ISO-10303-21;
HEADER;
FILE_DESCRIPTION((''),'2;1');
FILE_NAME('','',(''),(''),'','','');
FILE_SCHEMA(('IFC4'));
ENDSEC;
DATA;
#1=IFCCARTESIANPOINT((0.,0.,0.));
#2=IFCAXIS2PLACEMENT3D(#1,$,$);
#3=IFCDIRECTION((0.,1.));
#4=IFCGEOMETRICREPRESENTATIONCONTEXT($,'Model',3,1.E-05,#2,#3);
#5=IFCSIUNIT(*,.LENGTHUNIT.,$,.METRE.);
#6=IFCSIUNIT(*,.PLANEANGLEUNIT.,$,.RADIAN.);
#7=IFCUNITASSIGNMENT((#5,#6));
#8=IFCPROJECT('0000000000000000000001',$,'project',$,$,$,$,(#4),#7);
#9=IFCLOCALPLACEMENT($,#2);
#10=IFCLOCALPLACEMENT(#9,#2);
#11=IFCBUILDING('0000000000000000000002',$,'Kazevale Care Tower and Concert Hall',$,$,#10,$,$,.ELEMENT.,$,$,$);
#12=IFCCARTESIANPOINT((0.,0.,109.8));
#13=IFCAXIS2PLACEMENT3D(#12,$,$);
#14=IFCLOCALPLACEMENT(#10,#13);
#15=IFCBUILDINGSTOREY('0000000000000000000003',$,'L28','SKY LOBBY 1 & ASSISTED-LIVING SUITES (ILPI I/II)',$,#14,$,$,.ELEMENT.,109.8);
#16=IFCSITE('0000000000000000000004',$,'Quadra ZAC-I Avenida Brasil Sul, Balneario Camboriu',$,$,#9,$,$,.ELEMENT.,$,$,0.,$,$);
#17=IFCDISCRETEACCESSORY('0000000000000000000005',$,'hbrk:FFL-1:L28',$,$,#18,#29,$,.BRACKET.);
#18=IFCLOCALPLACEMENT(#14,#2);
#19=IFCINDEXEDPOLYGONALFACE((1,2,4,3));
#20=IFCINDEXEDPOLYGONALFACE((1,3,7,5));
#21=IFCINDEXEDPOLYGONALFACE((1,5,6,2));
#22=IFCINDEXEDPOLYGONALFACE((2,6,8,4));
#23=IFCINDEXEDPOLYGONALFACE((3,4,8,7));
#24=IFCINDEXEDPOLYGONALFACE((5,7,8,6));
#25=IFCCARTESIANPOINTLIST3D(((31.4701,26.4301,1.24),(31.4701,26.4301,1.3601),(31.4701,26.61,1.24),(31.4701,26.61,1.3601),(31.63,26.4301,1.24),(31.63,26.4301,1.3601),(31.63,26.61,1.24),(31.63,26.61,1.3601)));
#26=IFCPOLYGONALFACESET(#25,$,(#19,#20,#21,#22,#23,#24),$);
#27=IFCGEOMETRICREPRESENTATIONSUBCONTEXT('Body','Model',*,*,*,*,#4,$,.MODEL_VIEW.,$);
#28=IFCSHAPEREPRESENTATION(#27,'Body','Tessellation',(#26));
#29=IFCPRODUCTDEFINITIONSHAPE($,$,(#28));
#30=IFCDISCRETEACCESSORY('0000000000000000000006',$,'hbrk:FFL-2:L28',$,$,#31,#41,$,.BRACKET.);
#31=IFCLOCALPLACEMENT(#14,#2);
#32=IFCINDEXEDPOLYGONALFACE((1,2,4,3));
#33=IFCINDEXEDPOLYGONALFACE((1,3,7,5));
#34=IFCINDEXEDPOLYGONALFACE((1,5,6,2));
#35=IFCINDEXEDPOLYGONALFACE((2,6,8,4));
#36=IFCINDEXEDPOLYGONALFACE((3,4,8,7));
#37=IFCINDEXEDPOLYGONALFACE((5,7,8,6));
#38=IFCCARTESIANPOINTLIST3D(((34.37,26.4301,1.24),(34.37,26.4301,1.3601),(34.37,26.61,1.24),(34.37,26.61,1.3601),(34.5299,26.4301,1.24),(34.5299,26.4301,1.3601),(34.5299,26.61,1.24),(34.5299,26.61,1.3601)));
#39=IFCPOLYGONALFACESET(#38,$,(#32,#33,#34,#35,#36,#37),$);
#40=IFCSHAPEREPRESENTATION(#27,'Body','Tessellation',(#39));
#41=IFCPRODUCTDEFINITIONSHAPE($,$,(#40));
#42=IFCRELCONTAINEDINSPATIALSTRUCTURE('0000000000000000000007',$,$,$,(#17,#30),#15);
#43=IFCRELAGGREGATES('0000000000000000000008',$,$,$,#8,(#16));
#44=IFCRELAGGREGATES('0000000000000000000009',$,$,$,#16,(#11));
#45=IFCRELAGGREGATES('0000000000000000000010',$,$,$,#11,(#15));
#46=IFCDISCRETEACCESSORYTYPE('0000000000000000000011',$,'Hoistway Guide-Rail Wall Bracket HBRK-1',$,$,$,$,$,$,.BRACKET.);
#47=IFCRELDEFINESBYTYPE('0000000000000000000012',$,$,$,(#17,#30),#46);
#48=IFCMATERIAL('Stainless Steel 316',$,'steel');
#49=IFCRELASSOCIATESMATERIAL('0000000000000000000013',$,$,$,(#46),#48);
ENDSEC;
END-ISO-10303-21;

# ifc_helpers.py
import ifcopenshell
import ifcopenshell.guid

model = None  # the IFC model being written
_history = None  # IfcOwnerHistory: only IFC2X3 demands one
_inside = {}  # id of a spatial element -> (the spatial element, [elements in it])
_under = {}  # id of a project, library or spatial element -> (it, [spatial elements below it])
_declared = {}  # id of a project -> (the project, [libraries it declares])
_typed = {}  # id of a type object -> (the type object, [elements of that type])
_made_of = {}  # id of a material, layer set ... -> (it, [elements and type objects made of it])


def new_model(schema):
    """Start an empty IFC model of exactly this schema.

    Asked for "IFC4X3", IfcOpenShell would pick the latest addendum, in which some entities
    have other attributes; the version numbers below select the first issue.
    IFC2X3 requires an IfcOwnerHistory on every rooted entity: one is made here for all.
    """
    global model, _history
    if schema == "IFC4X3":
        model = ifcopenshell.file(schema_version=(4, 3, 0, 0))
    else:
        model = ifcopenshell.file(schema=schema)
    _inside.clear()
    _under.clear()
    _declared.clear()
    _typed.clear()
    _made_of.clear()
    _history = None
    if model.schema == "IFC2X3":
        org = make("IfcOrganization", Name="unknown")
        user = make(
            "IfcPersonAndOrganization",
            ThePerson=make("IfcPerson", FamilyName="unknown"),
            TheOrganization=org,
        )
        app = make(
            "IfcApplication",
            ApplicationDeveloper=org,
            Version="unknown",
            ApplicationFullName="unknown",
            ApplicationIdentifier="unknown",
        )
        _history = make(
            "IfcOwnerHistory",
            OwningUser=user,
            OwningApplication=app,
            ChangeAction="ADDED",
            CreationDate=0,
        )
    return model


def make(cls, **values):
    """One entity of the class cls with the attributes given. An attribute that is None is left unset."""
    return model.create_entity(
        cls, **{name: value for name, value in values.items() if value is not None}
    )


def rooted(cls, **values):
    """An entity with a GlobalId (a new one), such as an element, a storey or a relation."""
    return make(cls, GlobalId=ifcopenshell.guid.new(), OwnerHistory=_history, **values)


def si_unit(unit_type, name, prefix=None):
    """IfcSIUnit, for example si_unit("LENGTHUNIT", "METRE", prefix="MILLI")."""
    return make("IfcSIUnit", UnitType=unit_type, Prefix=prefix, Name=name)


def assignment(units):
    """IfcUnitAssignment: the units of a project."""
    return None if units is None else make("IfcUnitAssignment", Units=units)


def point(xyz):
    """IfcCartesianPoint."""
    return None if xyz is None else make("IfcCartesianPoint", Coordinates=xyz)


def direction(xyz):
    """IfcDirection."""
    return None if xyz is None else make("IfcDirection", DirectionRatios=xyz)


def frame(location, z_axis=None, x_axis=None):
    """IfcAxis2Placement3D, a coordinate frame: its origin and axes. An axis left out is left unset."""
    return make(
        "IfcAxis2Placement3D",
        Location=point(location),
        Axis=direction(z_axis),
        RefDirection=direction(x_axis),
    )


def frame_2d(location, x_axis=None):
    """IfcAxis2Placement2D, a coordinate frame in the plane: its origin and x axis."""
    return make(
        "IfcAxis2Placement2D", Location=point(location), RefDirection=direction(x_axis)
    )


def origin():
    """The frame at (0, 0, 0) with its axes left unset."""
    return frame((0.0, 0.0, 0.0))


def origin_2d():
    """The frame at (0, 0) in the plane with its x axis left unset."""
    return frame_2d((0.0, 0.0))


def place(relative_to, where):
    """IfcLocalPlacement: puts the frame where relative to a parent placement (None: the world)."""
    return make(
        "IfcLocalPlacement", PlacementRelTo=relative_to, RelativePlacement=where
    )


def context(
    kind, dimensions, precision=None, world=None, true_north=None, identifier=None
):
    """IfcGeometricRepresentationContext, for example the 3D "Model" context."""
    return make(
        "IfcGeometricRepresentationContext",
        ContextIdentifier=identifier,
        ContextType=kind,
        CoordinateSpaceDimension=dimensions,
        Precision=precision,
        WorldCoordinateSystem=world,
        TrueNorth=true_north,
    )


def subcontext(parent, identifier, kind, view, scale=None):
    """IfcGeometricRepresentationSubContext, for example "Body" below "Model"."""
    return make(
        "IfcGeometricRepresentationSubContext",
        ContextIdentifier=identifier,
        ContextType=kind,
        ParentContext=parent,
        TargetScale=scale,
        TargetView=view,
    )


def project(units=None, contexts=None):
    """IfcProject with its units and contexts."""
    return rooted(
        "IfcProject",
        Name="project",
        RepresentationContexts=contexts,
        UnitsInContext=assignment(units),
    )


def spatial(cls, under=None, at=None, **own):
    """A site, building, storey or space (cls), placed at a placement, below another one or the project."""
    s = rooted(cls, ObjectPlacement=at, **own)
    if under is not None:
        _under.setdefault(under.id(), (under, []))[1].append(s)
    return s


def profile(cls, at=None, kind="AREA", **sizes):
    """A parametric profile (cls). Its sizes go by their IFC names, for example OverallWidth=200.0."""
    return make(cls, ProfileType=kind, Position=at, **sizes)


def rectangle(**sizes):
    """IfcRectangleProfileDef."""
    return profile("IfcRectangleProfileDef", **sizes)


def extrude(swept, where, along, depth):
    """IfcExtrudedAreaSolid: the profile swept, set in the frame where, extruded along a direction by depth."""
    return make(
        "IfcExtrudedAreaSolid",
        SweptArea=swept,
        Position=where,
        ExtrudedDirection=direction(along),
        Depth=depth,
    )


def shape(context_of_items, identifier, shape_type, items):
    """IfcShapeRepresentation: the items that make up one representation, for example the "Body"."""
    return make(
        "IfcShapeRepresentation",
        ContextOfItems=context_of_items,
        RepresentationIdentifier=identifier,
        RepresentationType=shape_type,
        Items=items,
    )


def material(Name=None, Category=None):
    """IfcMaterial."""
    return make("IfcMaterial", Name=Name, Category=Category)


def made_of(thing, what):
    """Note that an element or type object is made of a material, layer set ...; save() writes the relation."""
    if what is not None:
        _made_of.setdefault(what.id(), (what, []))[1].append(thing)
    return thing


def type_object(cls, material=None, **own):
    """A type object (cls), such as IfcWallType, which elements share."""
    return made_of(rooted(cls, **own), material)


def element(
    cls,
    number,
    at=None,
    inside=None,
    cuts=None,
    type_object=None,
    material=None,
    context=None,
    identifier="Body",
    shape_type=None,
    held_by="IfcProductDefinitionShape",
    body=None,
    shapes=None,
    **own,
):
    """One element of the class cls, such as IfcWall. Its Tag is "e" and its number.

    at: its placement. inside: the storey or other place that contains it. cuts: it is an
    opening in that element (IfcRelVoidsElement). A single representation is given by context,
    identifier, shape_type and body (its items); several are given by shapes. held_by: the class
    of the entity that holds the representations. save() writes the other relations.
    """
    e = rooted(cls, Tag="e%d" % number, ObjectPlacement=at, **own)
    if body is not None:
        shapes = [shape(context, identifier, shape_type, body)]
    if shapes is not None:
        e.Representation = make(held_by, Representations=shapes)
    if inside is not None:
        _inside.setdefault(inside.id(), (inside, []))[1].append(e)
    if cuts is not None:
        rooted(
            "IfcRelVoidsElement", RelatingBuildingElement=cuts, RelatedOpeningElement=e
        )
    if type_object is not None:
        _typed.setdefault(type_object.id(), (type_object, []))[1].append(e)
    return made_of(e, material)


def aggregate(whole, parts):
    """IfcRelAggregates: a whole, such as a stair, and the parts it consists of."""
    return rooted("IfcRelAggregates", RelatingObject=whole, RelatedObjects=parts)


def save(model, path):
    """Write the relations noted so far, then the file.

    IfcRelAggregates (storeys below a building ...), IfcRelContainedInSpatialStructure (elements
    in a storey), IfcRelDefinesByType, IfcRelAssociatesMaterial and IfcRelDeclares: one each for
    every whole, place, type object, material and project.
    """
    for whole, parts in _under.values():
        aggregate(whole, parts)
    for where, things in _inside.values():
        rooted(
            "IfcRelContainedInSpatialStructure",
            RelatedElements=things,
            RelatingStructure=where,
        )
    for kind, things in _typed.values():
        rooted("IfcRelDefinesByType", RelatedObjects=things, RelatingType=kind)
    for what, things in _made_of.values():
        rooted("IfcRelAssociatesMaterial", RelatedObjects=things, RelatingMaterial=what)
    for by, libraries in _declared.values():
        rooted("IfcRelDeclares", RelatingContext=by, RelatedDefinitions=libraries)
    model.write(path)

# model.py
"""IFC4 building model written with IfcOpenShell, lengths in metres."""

from ifc_helpers import new_model, si_unit, direction, frame, origin, origin_2d, place, context, subcontext, project, spatial, rectangle, extrude, material, type_object, element, save


model = new_model("IFC4")

# Units and contexts
model_context = context("Model", 3, precision=1e-05, world=origin(), true_north=direction((0.0, 1.0)))
body_context = subcontext(model_context, "Body", "Model", "MODEL_VIEW")
ifc_project = project(units=[si_unit("LENGTHUNIT", "METRE"), si_unit("PLANEANGLEUNIT", "RADIAN")], contexts=[model_context])

# Site, building, storey
site_placement = place(None, origin())
site = spatial("IfcSite", under=ifc_project, at=site_placement, Name="Quadra ZAC-I Avenida Brasil Sul, Balneario Camboriu", CompositionType="ELEMENT", RefElevation=0.0)
building_placement = place(site_placement, origin())
building = spatial("IfcBuilding", under=site, at=building_placement, Name="Kazevale Care Tower and Concert Hall", CompositionType="ELEMENT")
storey_placement = place(building_placement, frame((0.0, 0.0, 109.8)))
storey = spatial("IfcBuildingStorey", under=building, at=storey_placement, Name="L28", Description="SKY LOBBY 1 & ASSISTED-LIVING SUITES (ILPI I/II)", CompositionType="ELEMENT", Elevation=109.8)

# Shared definitions
ifc_material_1 = material(Name="Stainless Steel 316", Category="steel")

# Discrete accessories
discrete_accessory_type = type_object("IfcDiscreteAccessoryType", Name="Hoistway Guide-Rail Wall Bracket HBRK-1", PredefinedType="BRACKET", material=ifc_material_1)
for number, where, z_axis, x_axis, name in (
    (1, (31.55, 26.52, 1.24), (0.0, 0.0, 1.0), (1.0, 0.0, 0.0), "hbrk:FFL-1:L28"),
    (2, (34.45, 26.52, 1.24), (0.0, 0.0, 1.0), (1.0, 0.0, 0.0), "hbrk:FFL-2:L28"),
):
    element("IfcDiscreteAccessory", number, at=place(storey_placement, frame(where, z_axis=z_axis, x_axis=x_axis)), inside=storey, type_object=discrete_accessory_type, Name=name, PredefinedType="BRACKET", context=body_context, shape_type="SweptSolid", body=[
        extrude(rectangle(XDim=0.1599, YDim=0.1799, at=origin_2d()), origin(), (0.0, 0.0, 1.0), 0.1201),
    ])

save(model, "model.ifc")
